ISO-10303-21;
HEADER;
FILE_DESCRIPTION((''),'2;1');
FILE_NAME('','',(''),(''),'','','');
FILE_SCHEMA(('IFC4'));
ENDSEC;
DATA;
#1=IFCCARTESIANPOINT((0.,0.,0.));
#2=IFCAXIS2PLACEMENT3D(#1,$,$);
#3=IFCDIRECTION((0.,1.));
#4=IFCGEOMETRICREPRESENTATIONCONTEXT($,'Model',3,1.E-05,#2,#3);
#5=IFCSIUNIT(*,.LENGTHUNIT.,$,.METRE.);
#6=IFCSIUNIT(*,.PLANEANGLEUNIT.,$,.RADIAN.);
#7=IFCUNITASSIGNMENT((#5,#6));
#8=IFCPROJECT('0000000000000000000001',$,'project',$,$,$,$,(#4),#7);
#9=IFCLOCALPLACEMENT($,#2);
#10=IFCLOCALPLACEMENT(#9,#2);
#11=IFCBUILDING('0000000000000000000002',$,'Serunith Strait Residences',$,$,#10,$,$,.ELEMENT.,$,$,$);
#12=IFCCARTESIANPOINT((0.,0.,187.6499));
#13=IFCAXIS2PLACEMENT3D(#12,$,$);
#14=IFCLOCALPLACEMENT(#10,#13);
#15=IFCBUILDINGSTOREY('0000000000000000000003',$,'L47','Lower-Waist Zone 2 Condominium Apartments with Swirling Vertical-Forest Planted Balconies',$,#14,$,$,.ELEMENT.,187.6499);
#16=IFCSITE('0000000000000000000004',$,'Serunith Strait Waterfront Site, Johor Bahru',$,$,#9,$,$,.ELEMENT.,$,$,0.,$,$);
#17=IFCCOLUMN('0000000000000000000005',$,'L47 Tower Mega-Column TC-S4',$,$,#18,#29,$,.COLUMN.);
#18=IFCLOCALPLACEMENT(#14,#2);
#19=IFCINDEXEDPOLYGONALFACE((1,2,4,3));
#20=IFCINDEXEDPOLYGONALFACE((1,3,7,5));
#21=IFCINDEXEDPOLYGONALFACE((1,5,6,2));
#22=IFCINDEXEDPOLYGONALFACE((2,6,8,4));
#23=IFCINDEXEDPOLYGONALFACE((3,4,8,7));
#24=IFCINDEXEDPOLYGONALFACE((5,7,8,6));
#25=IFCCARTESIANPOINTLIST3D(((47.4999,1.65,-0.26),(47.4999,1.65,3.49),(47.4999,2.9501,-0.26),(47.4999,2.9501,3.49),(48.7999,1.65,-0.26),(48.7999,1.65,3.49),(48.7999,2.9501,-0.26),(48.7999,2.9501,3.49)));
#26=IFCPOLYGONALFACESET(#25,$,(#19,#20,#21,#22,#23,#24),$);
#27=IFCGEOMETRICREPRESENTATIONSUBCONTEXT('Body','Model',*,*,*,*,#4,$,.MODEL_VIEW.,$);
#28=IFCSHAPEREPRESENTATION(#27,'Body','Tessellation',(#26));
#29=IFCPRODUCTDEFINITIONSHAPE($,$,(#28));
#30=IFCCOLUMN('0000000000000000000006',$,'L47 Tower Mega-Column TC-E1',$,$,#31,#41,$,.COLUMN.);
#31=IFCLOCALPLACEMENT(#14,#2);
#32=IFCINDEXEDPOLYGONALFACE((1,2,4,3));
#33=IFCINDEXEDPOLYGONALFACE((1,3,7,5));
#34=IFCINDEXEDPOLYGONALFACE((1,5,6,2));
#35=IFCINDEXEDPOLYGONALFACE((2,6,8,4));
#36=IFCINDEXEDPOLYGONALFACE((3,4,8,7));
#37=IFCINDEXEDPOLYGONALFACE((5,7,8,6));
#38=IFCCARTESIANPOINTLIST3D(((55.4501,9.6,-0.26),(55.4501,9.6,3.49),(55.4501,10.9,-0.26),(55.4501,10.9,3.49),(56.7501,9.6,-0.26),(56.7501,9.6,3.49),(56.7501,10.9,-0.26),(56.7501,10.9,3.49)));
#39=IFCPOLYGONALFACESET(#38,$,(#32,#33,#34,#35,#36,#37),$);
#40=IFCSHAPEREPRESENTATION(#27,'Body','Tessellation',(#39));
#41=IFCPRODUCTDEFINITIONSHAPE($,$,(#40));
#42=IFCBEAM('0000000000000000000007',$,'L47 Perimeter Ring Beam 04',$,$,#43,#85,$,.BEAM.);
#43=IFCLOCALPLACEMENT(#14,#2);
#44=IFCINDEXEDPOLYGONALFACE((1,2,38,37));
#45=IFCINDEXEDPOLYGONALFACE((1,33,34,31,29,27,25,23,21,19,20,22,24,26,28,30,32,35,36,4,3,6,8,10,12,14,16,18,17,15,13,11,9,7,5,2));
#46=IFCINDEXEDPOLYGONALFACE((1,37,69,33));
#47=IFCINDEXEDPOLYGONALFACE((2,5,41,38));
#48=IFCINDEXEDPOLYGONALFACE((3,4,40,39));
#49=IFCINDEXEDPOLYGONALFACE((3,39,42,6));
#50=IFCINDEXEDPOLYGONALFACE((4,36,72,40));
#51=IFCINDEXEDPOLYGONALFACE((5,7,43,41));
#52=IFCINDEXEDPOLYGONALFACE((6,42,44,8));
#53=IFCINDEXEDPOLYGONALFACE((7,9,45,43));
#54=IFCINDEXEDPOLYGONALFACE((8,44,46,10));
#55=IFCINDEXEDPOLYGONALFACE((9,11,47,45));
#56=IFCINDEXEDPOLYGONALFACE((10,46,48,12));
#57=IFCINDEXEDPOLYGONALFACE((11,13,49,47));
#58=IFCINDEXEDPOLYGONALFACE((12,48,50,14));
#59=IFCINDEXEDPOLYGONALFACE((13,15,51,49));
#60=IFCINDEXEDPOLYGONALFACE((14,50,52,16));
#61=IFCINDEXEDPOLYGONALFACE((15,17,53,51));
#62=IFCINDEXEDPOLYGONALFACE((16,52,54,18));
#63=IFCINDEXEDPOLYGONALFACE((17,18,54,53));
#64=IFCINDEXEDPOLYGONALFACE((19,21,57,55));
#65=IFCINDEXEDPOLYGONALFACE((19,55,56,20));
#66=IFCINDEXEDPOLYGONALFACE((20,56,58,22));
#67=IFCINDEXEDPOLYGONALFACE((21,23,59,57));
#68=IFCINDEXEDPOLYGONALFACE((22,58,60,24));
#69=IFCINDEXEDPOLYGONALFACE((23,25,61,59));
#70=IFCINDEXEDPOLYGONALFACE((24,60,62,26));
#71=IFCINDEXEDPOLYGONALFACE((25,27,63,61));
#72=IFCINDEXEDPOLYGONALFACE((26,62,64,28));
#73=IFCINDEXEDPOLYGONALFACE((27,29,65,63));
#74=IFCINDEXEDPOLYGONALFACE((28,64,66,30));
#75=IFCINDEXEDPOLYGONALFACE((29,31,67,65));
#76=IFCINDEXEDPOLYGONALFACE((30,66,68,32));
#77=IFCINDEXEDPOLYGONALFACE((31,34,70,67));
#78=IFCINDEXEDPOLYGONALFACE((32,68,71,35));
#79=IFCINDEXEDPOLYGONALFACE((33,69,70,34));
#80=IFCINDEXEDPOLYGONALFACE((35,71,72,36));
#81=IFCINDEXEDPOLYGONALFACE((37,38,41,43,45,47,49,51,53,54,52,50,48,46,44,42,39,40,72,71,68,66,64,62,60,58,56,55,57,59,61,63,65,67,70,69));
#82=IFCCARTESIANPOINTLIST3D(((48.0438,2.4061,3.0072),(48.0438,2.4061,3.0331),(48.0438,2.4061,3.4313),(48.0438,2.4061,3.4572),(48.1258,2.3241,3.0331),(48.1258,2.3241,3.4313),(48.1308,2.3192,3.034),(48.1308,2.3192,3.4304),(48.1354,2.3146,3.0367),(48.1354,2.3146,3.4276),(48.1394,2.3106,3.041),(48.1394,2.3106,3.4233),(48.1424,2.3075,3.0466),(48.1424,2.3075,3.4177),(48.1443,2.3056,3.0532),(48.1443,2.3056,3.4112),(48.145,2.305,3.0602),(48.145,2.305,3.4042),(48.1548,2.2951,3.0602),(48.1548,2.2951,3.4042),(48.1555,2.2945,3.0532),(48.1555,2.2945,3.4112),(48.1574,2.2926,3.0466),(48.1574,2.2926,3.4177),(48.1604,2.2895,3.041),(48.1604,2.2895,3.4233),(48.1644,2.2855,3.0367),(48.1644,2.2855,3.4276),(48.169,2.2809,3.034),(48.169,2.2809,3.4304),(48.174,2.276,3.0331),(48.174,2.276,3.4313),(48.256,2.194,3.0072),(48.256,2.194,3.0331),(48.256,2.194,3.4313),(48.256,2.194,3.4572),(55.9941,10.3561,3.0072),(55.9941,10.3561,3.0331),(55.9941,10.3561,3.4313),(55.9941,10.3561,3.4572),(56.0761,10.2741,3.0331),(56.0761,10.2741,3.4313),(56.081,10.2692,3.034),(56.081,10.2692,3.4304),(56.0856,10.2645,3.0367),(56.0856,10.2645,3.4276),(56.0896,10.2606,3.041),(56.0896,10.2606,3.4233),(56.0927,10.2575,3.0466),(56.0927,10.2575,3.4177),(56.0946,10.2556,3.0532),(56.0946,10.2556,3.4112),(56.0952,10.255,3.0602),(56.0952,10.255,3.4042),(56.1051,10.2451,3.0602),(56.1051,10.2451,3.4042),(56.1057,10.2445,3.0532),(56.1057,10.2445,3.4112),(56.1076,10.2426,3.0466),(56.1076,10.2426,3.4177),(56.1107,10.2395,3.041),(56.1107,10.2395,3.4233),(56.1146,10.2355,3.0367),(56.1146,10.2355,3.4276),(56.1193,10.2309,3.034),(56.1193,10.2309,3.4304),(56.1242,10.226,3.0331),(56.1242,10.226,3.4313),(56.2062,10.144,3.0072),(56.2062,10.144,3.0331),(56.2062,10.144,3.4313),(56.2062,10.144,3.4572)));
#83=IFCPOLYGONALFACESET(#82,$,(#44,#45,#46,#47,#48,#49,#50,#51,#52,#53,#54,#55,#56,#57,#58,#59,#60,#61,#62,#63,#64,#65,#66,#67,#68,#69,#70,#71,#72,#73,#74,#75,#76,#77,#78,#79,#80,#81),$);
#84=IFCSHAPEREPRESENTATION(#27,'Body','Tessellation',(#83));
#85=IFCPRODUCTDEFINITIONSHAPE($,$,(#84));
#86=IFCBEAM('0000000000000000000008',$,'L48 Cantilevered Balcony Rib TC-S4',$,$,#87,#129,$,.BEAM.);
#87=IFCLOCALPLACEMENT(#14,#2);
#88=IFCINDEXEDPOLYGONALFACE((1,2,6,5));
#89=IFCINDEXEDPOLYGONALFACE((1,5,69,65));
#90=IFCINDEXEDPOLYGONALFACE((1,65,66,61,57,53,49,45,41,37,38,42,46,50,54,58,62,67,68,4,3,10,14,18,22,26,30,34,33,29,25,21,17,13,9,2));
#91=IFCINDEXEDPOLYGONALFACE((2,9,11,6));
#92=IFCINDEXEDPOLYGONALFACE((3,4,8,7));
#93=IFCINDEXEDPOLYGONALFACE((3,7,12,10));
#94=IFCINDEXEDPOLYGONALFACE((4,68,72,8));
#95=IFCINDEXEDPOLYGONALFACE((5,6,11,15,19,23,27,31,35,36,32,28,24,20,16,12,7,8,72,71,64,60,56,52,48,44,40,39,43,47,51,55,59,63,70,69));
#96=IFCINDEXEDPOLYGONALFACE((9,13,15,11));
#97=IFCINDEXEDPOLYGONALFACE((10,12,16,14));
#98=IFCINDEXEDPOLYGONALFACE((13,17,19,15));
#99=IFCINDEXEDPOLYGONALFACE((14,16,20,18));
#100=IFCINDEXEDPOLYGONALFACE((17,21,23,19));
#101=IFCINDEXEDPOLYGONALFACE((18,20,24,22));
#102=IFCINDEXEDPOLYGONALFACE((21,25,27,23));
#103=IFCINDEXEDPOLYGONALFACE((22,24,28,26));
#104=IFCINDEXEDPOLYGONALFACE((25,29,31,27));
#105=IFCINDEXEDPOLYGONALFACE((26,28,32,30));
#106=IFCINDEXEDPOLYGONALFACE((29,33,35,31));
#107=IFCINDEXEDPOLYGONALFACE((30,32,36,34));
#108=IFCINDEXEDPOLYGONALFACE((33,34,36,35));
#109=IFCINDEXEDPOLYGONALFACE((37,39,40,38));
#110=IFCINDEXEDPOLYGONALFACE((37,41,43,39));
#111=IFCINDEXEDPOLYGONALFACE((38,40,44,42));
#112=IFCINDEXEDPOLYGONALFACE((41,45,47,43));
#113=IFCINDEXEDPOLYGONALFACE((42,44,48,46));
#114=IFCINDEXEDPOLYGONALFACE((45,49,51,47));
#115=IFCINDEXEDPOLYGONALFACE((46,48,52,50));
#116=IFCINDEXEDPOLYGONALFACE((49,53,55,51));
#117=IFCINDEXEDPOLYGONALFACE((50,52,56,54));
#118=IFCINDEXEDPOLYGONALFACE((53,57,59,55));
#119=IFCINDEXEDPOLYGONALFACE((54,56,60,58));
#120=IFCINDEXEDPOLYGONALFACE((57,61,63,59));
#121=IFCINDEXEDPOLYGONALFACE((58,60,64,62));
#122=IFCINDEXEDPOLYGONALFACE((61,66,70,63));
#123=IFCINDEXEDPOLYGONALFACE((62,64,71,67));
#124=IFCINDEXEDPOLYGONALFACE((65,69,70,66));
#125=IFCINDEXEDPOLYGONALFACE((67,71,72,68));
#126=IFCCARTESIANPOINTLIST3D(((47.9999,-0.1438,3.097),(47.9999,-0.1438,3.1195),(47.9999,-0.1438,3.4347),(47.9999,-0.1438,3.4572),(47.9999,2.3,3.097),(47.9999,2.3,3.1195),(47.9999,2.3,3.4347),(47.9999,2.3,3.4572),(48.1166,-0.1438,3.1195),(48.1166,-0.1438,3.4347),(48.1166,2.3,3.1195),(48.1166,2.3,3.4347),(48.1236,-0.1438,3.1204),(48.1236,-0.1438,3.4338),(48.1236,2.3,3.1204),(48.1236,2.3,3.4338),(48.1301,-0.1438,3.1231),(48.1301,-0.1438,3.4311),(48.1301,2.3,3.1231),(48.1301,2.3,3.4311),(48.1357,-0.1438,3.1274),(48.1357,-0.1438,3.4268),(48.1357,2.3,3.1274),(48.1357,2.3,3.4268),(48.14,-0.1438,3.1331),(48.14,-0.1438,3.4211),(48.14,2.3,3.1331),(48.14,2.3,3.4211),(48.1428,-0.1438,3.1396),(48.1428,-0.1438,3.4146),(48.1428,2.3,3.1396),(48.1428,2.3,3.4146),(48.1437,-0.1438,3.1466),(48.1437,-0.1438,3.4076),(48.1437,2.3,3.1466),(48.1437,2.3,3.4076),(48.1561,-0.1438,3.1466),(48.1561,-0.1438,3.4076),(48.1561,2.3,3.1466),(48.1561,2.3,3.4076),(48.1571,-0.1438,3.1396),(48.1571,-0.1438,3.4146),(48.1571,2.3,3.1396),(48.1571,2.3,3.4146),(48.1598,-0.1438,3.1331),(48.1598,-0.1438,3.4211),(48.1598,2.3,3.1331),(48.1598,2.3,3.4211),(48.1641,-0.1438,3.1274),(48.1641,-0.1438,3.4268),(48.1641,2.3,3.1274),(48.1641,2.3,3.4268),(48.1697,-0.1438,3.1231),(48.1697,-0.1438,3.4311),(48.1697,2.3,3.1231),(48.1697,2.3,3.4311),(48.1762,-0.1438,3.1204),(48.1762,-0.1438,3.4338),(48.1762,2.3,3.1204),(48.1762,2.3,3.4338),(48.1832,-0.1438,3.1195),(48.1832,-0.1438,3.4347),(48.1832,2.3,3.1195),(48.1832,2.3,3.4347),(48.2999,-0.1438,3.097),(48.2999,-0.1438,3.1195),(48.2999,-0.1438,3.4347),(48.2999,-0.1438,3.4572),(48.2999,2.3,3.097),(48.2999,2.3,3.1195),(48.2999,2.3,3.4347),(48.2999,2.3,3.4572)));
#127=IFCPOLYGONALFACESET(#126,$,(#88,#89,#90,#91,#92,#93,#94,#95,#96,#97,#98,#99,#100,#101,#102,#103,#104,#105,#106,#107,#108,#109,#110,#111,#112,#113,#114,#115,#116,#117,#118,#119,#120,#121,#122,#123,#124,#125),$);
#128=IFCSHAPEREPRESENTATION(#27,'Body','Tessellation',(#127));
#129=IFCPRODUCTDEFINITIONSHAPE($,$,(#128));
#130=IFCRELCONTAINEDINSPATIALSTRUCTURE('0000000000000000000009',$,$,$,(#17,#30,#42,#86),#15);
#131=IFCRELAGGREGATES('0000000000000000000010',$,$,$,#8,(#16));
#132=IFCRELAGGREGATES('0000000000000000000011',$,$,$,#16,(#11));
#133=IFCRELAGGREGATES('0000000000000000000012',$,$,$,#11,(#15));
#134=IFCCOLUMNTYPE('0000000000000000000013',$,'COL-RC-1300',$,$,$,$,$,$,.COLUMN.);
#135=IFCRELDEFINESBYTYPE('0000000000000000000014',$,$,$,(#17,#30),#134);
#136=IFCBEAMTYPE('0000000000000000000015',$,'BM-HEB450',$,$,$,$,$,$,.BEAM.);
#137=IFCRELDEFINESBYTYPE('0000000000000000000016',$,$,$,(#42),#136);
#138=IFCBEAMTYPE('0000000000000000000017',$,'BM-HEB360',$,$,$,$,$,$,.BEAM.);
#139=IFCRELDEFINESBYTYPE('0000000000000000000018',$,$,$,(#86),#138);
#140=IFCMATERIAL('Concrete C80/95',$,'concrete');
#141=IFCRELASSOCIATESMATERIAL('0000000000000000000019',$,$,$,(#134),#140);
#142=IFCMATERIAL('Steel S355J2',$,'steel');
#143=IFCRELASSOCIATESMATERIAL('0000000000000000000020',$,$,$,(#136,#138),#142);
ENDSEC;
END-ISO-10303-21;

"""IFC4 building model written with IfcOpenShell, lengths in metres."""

from ifc_helpers import new_model, si_unit, direction, frame, origin, origin_2d, place, context, subcontext, project, spatial, rectangle, i_section, extrude, source, transform, mapped, material, material_profile, profile_set, type_object, element, save


model = new_model("IFC4")

# Units and contexts
model_context = context("Model", 3, precision=1e-05, world=origin(), true_north=direction((0.0, 1.0)))
body_context = subcontext(model_context, "Body", "Model", "MODEL_VIEW")
ifc_project = project(units=[si_unit("LENGTHUNIT", "METRE"), si_unit("PLANEANGLEUNIT", "RADIAN")], contexts=[model_context])

# Site, building, storey
site_placement = place(None, origin())
site = spatial("IfcSite", under=ifc_project, at=site_placement, Name="Serunith Strait Waterfront Site, Johor Bahru", CompositionType="ELEMENT", RefElevation=0.0)
building_placement = place(site_placement, origin())
building = spatial("IfcBuilding", under=site, at=building_placement, Name="Serunith Strait Residences", CompositionType="ELEMENT")
storey_placement = place(building_placement, frame((0.0, 0.0, 187.6499)))
storey = spatial("IfcBuildingStorey", under=building, at=storey_placement, Name="L47", Description="Lower-Waist Zone 2 Condominium Apartments with Swirling Vertical-Forest Planted Balconies", CompositionType="ELEMENT", Elevation=187.6499)

# Columns
ifc_material_1 = material(Name="Concrete C80/95", Category="concrete")
ifc_material_profile_1 = material_profile(ifc_material_1, rectangle(XDim=1.3, YDim=1.3, at=origin_2d()), Name="RC 1300x1300")
ifc_profile_set_1 = profile_set([ifc_material_profile_1], Name="Concrete C80/95")
column_type = type_object("IfcColumnType", Name="COL-RC-1300", PredefinedType="COLUMN", material=ifc_profile_set_1)
shared_shape_1 = source(origin(), body_context, "Body", "SweptSolid", [
    extrude(rectangle(XDim=1.3, YDim=1.3, at=origin_2d()), origin(), (0.0, 0.0, 1.0), 3.75),
])
for number, where, z_axis, x_axis, name in (
    (1, (48.1499, 2.3, -0.26), (0.0, 0.0, 1.0), (1.0, 0.0, 0.0), "L47 Tower Mega-Column TC-S4"),
    (2, (56.1001, 10.25, -0.26), (0.0, 0.0, 1.0), (1.0, 0.0, 0.0), "L47 Tower Mega-Column TC-E1"),
):
    element("IfcColumn", number, at=place(storey_placement, frame(where, z_axis=z_axis, x_axis=x_axis)), inside=storey, type_object=column_type, Name=name, PredefinedType="COLUMN", context=body_context, shape_type="MappedRepresentation", body=[
        mapped(shared_shape_1, transform((0.0, 0.0, 0.0), scale=1.0)),
    ])

# Beams
ifc_material_2 = material(Name="Steel S355J2", Category="steel")
ifc_material_profile_2 = material_profile(ifc_material_2, i_section(OverallWidth=0.3, OverallDepth=0.45, WebThickness=0.0139, FlangeThickness=0.0259, FilletRadius=0.0271, at=origin_2d()), Name="HEB 450")
ifc_profile_set_2 = profile_set([ifc_material_profile_2], Name="Steel S355J2")
beam_type_1 = type_object("IfcBeamType", Name="BM-HEB450", PredefinedType="BEAM", material=ifc_profile_set_2)
shared_shape_2 = source(origin(), body_context, "Body", "SweptSolid", [
    extrude(i_section(OverallWidth=0.3, OverallDepth=0.45, WebThickness=0.0139, FlangeThickness=0.0259, FilletRadius=0.0271, at=origin_2d()), origin(), (0.0, 0.0, 1.0), 11.2432),
])
beam_1_placement = place(storey_placement, frame((48.1499, 2.3, 3.2322), z_axis=(0.707118, 0.707096, 0.0), x_axis=(-0.707096, 0.707118, 0.0)))
element("IfcBeam", 3, at=beam_1_placement, inside=storey, type_object=beam_type_1, Name="L47 Perimeter Ring Beam 04", PredefinedType="BEAM", context=body_context, shape_type="MappedRepresentation", body=[
    mapped(shared_shape_2, transform((0.0, 0.0, 0.0), scale=1.0)),
])
ifc_material_profile_3 = material_profile(ifc_material_2, i_section(OverallWidth=0.3, OverallDepth=0.3601, WebThickness=0.0125, FlangeThickness=0.0225, FilletRadius=0.0271, at=origin_2d()), Name="HEB 360")
ifc_profile_set_3 = profile_set([ifc_material_profile_3], Name="Steel S355J2")
beam_type_2 = type_object("IfcBeamType", Name="BM-HEB360", PredefinedType="BEAM", material=ifc_profile_set_3)
shared_shape_3 = source(origin(), body_context, "Body", "SweptSolid", [
    extrude(i_section(OverallWidth=0.3, OverallDepth=0.3601, WebThickness=0.0125, FlangeThickness=0.0225, FilletRadius=0.0271, at=origin_2d()), origin(), (0.0, 0.0, 1.0), 2.4438),
])
beam_2_placement = place(storey_placement, frame((48.1499, 2.3, 3.2771), z_axis=(0.0, -1.0, 0.0), x_axis=(1.0, 0.0, 0.0)))
element("IfcBeam", 4, at=beam_2_placement, inside=storey, type_object=beam_type_2, Name="L48 Cantilevered Balcony Rib TC-S4", PredefinedType="BEAM", context=body_context, shape_type="MappedRepresentation", body=[
    mapped(shared_shape_3, transform((0.0, 0.0, 0.0), scale=1.0)),
])

save(model, "model.ifc")
